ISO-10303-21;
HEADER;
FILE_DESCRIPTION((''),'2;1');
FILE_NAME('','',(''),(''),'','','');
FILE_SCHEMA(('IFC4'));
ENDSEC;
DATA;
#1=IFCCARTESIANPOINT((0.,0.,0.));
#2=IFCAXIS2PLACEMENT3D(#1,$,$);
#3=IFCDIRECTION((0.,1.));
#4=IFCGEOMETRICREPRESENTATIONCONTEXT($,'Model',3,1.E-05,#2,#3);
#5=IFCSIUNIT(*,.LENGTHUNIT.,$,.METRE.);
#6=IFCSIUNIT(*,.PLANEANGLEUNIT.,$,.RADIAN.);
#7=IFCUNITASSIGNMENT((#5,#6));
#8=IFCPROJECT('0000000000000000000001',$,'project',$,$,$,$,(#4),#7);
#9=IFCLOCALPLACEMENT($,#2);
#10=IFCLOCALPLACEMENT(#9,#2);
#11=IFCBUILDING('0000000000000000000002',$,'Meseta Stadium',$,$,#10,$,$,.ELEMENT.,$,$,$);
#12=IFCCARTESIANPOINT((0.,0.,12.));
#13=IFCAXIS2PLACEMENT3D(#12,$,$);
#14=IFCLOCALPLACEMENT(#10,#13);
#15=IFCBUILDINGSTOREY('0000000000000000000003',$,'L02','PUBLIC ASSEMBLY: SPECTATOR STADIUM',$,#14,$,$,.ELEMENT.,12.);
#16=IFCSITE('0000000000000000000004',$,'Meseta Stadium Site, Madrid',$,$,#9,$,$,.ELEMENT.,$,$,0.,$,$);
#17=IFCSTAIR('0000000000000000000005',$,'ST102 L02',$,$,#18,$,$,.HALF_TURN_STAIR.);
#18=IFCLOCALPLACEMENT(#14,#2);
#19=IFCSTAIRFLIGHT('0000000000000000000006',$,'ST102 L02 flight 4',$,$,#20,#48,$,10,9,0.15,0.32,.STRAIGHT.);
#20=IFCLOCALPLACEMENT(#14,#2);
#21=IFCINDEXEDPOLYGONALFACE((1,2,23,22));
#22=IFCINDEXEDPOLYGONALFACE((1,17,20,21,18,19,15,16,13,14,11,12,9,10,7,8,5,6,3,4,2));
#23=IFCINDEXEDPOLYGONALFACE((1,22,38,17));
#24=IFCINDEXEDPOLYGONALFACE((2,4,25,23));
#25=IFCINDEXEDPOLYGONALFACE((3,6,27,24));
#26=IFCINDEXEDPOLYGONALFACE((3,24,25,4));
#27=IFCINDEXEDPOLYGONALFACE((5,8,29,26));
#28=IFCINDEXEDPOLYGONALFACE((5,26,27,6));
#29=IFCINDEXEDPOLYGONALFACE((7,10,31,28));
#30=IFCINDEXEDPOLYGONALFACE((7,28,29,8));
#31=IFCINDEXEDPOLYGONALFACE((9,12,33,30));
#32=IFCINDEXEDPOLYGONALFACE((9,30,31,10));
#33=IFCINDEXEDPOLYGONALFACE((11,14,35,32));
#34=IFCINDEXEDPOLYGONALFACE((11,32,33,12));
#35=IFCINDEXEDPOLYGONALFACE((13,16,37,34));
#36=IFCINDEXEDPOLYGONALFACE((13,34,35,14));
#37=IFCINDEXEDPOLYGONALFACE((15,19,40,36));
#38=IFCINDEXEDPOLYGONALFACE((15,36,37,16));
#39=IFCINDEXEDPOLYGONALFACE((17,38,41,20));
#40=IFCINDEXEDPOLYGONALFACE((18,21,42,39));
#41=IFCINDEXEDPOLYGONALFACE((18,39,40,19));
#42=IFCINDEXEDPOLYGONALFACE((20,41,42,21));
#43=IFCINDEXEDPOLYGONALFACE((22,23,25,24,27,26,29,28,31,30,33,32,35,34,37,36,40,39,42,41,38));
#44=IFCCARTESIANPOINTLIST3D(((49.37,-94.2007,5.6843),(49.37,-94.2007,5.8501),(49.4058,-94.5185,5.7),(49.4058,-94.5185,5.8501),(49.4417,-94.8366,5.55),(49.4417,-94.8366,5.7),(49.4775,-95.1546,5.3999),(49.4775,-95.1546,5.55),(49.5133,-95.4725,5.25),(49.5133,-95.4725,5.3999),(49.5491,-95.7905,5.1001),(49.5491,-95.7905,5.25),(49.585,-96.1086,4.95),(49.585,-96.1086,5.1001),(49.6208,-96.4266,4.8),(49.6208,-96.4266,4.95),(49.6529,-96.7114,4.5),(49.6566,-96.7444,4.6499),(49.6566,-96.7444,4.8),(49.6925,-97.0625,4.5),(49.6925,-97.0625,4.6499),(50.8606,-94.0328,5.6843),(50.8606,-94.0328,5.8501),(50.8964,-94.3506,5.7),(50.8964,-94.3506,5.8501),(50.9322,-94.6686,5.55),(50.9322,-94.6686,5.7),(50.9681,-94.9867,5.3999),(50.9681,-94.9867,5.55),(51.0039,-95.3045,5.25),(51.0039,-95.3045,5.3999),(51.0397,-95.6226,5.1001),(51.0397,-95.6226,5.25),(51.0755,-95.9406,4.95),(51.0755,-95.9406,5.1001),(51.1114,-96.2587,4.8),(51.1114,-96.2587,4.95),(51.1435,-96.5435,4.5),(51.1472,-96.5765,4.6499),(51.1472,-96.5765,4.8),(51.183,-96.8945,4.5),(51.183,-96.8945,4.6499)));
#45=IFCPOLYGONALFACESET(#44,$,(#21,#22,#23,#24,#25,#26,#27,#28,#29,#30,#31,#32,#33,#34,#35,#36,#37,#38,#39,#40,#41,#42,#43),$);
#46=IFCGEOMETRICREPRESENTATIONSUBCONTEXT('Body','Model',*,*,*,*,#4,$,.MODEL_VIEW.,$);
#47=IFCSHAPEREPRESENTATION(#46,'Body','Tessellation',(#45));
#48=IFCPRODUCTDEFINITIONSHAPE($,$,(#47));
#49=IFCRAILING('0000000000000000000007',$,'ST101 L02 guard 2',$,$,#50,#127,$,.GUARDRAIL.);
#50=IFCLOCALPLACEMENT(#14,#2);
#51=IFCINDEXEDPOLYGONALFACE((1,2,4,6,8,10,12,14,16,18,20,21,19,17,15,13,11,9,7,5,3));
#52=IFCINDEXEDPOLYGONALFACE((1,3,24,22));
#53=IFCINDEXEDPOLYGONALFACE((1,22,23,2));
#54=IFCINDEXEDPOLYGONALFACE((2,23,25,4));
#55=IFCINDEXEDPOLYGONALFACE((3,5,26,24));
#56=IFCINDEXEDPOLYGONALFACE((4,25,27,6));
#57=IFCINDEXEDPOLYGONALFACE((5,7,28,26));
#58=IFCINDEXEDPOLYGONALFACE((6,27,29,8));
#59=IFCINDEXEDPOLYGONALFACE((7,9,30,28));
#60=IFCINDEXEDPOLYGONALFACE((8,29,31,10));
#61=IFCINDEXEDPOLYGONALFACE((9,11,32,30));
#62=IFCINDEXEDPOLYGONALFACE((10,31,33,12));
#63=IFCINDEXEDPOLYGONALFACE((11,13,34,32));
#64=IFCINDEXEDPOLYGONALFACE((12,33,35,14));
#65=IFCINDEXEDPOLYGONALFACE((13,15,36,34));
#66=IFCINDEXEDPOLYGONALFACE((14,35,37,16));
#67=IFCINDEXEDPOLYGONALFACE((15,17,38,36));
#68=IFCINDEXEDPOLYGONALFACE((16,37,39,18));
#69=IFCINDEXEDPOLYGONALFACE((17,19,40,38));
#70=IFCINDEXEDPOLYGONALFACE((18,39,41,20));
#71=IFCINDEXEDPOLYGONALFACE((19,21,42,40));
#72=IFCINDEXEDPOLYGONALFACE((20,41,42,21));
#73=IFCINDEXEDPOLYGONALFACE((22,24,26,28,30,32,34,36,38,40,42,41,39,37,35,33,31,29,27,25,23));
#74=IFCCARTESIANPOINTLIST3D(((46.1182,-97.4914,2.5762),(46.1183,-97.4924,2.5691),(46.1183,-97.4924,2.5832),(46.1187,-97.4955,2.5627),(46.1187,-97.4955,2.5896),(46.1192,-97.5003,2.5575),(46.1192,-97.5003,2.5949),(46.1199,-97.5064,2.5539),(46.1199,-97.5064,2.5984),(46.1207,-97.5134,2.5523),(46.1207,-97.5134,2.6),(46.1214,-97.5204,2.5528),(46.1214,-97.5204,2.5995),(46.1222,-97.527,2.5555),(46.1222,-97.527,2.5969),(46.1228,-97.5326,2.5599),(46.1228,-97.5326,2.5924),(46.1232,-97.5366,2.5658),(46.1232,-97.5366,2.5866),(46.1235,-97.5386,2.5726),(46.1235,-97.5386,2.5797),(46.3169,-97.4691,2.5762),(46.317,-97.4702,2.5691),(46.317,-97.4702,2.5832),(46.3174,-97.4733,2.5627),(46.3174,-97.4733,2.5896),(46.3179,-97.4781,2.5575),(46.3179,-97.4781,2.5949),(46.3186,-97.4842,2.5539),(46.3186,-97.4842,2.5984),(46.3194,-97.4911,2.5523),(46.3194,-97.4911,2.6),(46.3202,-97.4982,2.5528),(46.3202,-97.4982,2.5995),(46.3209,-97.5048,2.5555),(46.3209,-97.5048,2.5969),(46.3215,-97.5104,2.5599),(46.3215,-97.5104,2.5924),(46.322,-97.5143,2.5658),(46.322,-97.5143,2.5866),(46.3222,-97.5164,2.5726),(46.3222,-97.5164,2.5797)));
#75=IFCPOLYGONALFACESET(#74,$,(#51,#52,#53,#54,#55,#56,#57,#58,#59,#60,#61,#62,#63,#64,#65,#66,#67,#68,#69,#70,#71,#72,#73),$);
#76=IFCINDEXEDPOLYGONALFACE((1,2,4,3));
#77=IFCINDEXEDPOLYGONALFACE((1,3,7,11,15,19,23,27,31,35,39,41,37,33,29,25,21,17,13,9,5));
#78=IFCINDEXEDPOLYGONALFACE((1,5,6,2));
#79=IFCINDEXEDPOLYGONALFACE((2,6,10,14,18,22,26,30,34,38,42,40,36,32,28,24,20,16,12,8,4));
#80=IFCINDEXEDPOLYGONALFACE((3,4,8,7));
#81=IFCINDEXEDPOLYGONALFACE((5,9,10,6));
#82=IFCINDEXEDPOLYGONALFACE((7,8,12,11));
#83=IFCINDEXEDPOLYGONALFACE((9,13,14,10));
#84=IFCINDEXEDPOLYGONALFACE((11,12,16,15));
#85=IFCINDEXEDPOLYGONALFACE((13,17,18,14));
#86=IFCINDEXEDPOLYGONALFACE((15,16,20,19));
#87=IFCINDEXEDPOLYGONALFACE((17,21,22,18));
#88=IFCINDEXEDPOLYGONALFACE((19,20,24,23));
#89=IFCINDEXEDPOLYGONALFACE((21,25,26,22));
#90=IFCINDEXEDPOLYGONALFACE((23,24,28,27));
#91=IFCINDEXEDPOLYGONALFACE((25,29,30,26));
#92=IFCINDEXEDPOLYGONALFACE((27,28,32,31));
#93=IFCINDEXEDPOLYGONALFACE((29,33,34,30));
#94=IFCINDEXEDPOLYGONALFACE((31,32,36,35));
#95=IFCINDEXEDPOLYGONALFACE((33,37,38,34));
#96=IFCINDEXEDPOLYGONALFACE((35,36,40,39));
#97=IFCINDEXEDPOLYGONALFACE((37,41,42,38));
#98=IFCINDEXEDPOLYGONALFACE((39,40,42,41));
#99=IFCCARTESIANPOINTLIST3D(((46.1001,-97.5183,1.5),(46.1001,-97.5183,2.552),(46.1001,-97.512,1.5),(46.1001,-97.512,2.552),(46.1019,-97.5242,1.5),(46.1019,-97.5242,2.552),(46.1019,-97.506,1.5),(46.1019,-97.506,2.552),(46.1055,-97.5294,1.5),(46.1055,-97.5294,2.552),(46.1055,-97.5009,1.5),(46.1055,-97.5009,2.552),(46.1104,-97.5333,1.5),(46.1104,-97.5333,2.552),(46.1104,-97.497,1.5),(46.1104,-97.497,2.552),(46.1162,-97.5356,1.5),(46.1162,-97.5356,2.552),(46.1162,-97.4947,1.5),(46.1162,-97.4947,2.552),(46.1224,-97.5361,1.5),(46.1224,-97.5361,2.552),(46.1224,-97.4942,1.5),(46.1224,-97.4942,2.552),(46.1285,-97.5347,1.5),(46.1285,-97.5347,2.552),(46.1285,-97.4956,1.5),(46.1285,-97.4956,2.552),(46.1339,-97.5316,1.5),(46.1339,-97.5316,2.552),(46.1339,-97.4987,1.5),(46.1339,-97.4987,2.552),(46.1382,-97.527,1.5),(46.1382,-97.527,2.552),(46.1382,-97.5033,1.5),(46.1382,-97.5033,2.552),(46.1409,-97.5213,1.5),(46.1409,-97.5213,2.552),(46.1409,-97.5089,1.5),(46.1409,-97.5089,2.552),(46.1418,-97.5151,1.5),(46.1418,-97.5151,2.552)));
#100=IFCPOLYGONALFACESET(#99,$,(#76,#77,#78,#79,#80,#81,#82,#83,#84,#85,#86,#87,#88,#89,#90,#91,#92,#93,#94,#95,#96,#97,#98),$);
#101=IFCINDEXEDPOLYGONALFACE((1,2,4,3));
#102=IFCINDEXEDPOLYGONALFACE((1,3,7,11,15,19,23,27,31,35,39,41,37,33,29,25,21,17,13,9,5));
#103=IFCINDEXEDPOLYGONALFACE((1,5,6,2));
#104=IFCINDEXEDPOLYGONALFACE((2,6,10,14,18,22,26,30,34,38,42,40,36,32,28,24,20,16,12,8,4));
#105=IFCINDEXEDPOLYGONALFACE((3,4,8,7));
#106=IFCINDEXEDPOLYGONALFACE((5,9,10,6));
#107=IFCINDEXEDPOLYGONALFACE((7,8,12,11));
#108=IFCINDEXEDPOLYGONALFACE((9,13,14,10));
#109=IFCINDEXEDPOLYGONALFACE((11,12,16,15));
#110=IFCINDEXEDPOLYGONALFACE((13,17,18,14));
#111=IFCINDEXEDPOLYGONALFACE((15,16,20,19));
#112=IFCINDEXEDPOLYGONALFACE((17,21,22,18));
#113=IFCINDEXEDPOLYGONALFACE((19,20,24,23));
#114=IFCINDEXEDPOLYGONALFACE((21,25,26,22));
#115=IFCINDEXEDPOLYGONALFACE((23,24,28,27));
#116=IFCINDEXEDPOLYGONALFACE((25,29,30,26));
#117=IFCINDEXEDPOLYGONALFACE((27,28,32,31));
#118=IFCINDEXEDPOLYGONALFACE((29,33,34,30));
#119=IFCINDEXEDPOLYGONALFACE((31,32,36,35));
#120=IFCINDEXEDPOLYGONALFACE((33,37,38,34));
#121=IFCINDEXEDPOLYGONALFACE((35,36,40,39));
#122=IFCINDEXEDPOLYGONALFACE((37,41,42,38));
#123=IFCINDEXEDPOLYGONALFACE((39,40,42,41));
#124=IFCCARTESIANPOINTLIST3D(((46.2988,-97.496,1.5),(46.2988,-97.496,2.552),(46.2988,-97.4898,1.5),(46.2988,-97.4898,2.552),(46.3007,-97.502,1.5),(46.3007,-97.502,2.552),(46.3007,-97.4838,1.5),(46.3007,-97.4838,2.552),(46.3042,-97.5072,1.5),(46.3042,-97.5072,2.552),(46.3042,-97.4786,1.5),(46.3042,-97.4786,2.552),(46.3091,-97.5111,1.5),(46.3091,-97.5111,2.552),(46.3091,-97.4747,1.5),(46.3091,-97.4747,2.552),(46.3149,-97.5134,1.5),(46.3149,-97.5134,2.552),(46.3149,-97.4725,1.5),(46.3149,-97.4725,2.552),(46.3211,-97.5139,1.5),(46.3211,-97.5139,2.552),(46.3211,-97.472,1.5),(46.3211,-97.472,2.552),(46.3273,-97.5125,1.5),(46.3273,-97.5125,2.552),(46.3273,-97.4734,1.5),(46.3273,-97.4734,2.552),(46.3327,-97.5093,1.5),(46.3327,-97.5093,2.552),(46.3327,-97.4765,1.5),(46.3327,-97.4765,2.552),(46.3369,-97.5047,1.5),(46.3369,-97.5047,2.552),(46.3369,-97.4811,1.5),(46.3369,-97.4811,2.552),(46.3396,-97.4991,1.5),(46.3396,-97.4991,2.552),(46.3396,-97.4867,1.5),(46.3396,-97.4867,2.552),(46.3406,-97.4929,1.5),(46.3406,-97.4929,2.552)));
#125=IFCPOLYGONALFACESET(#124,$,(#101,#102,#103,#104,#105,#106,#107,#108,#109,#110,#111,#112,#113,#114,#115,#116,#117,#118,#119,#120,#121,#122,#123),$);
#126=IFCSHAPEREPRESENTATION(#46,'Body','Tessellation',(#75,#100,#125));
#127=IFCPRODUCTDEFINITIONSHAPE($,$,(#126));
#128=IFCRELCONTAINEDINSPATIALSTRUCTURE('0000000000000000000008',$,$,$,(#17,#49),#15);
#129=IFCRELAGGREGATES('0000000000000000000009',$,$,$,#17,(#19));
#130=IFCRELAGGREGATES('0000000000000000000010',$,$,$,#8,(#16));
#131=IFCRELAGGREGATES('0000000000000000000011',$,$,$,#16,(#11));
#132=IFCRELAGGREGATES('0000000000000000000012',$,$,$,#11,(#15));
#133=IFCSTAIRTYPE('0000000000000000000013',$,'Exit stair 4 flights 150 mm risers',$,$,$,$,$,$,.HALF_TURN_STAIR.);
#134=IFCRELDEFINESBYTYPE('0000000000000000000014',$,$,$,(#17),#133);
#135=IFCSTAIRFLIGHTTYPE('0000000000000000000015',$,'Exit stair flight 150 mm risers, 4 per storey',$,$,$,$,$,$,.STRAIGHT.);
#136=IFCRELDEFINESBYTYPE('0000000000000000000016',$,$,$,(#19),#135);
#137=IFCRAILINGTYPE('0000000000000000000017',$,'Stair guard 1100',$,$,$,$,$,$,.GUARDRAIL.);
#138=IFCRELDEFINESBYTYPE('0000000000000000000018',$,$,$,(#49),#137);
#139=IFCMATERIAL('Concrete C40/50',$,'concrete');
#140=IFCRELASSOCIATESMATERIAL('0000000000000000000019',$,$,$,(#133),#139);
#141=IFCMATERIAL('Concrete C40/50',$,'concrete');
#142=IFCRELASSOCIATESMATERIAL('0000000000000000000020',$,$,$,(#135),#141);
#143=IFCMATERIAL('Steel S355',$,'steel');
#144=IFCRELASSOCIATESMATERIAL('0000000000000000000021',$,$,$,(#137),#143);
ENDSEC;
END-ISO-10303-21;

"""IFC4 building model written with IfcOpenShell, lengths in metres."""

from ifc_helpers import new_model, si_unit, direction, frame, origin, origin_2d, place, context, subcontext, project, spatial, polyline, circle, outline, extrude, material, type_object, element, aggregate, save


model = new_model("IFC4")

# Units and contexts
model_context = context("Model", 3, precision=1e-05, world=origin(), true_north=direction((0.0, 1.0)))
body_context = subcontext(model_context, "Body", "Model", "MODEL_VIEW")
ifc_project = project(units=[si_unit("LENGTHUNIT", "METRE"), si_unit("PLANEANGLEUNIT", "RADIAN")], contexts=[model_context])

# Site, building, storey
site_placement = place(None, origin())
site = spatial("IfcSite", under=ifc_project, at=site_placement, Name="Meseta Stadium Site, Madrid", CompositionType="ELEMENT", RefElevation=0.0)
building_placement = place(site_placement, origin())
building = spatial("IfcBuilding", under=site, at=building_placement, Name="Meseta Stadium", CompositionType="ELEMENT")
storey_placement = place(building_placement, frame((0.0, 0.0, 12.0)))
storey = spatial("IfcBuildingStorey", under=building, at=storey_placement, Name="L02", Description="PUBLIC ASSEMBLY: SPECTATOR STADIUM", CompositionType="ELEMENT", Elevation=12.0)

# Stair, stair flight
ifc_material_1 = material(Name="Concrete C40/50", Category="concrete")
stair_type = type_object("IfcStairType", Name="Exit stair 4 flights 150 mm risers", PredefinedType="HALF_TURN_STAIR", material=ifc_material_1)
ifc_material_2 = material(Name="Concrete C40/50", Category="concrete")
stair_flight_type = type_object("IfcStairFlightType", Name="Exit stair flight 150 mm risers, 4 per storey", PredefinedType="STRAIGHT", material=ifc_material_2)
stair_1_placement = place(storey_placement, origin())
stair_1 = element("IfcStair", 1, at=stair_1_placement, inside=storey, type_object=stair_type, Name="ST102 L02", PredefinedType="HALF_TURN_STAIR")
stair_flight_1_placement = place(storey_placement, frame((50.4377, -96.9785, 4.5), z_axis=(0.0, 0.0, 1.0), x_axis=(-0.111964, 0.993712, 0.0)))
stair_flight_1 = element("IfcStairFlight", 2, at=stair_flight_1_placement, type_object=stair_flight_type, Name="ST102 L02 flight 4", NumberOfRisers=10, NumberOfTreads=9, PredefinedType="STRAIGHT", RiserHeight=0.15, TreadLength=0.32, context=body_context, shape_type="SweptSolid", body=[
    extrude(outline(polyline([(0.0, 0.0), (0.0, 0.1499), (0.3201, 0.1499), (0.3201, 0.3), (0.6399, 0.3), (0.6399, 0.45), (0.96, 0.45), (0.96, 0.6001), (1.28, 0.6001), (1.28, 0.75), (1.6001, 0.75), (1.6001, 0.8999), (1.9199, 0.8999), (1.9199, 1.05), (2.24, 1.05), (2.24, 1.2), (2.5601, 1.2), (2.5601, 1.3501), (2.8799, 1.3501), (2.8799, 1.1843), (0.3533, 0.0), (0.0, 0.0)])), frame((0.0, 0.75, 0.0), z_axis=(0.0, -1.0, 0.0), x_axis=(1.0, 0.0, 0.0)), (0.0, 0.0, 1.0), 1.5),
])
aggregate(stair_1, [stair_flight_1])

# Railing
ifc_material_3 = material(Name="Steel S355", Category="steel")
railing_type_1 = type_object("IfcRailingType", Name="Stair guard 1100", PredefinedType="GUARDRAIL", material=ifc_material_3)
railing_1_placement = place(storey_placement, frame((46.1208, -97.5151, 1.5)))
element("IfcRailing", 3, at=railing_1_placement, inside=storey, type_object=railing_type_1, Name="ST101 L02 guard 2", PredefinedType="GUARDRAIL", context=body_context, shape_type="SweptSolid", body=[
    extrude(circle(Radius=0.0239, at=origin_2d()), frame((0.0, 0.0, 1.0762), z_axis=(0.993809, 0.111102, 0.0), x_axis=(-0.111102, 0.993809, 0.0)), (0.0, 0.0, 1.0), 0.2),
    extrude(circle(Radius=0.021, at=origin_2d()), origin(), (0.0, 0.0, 1.0), 1.052),
    extrude(circle(Radius=0.021, at=origin_2d()), frame((0.1987, 0.0222, 0.0)), (0.0, 0.0, 1.0), 1.052),
])

save(model, "model.ifc")
